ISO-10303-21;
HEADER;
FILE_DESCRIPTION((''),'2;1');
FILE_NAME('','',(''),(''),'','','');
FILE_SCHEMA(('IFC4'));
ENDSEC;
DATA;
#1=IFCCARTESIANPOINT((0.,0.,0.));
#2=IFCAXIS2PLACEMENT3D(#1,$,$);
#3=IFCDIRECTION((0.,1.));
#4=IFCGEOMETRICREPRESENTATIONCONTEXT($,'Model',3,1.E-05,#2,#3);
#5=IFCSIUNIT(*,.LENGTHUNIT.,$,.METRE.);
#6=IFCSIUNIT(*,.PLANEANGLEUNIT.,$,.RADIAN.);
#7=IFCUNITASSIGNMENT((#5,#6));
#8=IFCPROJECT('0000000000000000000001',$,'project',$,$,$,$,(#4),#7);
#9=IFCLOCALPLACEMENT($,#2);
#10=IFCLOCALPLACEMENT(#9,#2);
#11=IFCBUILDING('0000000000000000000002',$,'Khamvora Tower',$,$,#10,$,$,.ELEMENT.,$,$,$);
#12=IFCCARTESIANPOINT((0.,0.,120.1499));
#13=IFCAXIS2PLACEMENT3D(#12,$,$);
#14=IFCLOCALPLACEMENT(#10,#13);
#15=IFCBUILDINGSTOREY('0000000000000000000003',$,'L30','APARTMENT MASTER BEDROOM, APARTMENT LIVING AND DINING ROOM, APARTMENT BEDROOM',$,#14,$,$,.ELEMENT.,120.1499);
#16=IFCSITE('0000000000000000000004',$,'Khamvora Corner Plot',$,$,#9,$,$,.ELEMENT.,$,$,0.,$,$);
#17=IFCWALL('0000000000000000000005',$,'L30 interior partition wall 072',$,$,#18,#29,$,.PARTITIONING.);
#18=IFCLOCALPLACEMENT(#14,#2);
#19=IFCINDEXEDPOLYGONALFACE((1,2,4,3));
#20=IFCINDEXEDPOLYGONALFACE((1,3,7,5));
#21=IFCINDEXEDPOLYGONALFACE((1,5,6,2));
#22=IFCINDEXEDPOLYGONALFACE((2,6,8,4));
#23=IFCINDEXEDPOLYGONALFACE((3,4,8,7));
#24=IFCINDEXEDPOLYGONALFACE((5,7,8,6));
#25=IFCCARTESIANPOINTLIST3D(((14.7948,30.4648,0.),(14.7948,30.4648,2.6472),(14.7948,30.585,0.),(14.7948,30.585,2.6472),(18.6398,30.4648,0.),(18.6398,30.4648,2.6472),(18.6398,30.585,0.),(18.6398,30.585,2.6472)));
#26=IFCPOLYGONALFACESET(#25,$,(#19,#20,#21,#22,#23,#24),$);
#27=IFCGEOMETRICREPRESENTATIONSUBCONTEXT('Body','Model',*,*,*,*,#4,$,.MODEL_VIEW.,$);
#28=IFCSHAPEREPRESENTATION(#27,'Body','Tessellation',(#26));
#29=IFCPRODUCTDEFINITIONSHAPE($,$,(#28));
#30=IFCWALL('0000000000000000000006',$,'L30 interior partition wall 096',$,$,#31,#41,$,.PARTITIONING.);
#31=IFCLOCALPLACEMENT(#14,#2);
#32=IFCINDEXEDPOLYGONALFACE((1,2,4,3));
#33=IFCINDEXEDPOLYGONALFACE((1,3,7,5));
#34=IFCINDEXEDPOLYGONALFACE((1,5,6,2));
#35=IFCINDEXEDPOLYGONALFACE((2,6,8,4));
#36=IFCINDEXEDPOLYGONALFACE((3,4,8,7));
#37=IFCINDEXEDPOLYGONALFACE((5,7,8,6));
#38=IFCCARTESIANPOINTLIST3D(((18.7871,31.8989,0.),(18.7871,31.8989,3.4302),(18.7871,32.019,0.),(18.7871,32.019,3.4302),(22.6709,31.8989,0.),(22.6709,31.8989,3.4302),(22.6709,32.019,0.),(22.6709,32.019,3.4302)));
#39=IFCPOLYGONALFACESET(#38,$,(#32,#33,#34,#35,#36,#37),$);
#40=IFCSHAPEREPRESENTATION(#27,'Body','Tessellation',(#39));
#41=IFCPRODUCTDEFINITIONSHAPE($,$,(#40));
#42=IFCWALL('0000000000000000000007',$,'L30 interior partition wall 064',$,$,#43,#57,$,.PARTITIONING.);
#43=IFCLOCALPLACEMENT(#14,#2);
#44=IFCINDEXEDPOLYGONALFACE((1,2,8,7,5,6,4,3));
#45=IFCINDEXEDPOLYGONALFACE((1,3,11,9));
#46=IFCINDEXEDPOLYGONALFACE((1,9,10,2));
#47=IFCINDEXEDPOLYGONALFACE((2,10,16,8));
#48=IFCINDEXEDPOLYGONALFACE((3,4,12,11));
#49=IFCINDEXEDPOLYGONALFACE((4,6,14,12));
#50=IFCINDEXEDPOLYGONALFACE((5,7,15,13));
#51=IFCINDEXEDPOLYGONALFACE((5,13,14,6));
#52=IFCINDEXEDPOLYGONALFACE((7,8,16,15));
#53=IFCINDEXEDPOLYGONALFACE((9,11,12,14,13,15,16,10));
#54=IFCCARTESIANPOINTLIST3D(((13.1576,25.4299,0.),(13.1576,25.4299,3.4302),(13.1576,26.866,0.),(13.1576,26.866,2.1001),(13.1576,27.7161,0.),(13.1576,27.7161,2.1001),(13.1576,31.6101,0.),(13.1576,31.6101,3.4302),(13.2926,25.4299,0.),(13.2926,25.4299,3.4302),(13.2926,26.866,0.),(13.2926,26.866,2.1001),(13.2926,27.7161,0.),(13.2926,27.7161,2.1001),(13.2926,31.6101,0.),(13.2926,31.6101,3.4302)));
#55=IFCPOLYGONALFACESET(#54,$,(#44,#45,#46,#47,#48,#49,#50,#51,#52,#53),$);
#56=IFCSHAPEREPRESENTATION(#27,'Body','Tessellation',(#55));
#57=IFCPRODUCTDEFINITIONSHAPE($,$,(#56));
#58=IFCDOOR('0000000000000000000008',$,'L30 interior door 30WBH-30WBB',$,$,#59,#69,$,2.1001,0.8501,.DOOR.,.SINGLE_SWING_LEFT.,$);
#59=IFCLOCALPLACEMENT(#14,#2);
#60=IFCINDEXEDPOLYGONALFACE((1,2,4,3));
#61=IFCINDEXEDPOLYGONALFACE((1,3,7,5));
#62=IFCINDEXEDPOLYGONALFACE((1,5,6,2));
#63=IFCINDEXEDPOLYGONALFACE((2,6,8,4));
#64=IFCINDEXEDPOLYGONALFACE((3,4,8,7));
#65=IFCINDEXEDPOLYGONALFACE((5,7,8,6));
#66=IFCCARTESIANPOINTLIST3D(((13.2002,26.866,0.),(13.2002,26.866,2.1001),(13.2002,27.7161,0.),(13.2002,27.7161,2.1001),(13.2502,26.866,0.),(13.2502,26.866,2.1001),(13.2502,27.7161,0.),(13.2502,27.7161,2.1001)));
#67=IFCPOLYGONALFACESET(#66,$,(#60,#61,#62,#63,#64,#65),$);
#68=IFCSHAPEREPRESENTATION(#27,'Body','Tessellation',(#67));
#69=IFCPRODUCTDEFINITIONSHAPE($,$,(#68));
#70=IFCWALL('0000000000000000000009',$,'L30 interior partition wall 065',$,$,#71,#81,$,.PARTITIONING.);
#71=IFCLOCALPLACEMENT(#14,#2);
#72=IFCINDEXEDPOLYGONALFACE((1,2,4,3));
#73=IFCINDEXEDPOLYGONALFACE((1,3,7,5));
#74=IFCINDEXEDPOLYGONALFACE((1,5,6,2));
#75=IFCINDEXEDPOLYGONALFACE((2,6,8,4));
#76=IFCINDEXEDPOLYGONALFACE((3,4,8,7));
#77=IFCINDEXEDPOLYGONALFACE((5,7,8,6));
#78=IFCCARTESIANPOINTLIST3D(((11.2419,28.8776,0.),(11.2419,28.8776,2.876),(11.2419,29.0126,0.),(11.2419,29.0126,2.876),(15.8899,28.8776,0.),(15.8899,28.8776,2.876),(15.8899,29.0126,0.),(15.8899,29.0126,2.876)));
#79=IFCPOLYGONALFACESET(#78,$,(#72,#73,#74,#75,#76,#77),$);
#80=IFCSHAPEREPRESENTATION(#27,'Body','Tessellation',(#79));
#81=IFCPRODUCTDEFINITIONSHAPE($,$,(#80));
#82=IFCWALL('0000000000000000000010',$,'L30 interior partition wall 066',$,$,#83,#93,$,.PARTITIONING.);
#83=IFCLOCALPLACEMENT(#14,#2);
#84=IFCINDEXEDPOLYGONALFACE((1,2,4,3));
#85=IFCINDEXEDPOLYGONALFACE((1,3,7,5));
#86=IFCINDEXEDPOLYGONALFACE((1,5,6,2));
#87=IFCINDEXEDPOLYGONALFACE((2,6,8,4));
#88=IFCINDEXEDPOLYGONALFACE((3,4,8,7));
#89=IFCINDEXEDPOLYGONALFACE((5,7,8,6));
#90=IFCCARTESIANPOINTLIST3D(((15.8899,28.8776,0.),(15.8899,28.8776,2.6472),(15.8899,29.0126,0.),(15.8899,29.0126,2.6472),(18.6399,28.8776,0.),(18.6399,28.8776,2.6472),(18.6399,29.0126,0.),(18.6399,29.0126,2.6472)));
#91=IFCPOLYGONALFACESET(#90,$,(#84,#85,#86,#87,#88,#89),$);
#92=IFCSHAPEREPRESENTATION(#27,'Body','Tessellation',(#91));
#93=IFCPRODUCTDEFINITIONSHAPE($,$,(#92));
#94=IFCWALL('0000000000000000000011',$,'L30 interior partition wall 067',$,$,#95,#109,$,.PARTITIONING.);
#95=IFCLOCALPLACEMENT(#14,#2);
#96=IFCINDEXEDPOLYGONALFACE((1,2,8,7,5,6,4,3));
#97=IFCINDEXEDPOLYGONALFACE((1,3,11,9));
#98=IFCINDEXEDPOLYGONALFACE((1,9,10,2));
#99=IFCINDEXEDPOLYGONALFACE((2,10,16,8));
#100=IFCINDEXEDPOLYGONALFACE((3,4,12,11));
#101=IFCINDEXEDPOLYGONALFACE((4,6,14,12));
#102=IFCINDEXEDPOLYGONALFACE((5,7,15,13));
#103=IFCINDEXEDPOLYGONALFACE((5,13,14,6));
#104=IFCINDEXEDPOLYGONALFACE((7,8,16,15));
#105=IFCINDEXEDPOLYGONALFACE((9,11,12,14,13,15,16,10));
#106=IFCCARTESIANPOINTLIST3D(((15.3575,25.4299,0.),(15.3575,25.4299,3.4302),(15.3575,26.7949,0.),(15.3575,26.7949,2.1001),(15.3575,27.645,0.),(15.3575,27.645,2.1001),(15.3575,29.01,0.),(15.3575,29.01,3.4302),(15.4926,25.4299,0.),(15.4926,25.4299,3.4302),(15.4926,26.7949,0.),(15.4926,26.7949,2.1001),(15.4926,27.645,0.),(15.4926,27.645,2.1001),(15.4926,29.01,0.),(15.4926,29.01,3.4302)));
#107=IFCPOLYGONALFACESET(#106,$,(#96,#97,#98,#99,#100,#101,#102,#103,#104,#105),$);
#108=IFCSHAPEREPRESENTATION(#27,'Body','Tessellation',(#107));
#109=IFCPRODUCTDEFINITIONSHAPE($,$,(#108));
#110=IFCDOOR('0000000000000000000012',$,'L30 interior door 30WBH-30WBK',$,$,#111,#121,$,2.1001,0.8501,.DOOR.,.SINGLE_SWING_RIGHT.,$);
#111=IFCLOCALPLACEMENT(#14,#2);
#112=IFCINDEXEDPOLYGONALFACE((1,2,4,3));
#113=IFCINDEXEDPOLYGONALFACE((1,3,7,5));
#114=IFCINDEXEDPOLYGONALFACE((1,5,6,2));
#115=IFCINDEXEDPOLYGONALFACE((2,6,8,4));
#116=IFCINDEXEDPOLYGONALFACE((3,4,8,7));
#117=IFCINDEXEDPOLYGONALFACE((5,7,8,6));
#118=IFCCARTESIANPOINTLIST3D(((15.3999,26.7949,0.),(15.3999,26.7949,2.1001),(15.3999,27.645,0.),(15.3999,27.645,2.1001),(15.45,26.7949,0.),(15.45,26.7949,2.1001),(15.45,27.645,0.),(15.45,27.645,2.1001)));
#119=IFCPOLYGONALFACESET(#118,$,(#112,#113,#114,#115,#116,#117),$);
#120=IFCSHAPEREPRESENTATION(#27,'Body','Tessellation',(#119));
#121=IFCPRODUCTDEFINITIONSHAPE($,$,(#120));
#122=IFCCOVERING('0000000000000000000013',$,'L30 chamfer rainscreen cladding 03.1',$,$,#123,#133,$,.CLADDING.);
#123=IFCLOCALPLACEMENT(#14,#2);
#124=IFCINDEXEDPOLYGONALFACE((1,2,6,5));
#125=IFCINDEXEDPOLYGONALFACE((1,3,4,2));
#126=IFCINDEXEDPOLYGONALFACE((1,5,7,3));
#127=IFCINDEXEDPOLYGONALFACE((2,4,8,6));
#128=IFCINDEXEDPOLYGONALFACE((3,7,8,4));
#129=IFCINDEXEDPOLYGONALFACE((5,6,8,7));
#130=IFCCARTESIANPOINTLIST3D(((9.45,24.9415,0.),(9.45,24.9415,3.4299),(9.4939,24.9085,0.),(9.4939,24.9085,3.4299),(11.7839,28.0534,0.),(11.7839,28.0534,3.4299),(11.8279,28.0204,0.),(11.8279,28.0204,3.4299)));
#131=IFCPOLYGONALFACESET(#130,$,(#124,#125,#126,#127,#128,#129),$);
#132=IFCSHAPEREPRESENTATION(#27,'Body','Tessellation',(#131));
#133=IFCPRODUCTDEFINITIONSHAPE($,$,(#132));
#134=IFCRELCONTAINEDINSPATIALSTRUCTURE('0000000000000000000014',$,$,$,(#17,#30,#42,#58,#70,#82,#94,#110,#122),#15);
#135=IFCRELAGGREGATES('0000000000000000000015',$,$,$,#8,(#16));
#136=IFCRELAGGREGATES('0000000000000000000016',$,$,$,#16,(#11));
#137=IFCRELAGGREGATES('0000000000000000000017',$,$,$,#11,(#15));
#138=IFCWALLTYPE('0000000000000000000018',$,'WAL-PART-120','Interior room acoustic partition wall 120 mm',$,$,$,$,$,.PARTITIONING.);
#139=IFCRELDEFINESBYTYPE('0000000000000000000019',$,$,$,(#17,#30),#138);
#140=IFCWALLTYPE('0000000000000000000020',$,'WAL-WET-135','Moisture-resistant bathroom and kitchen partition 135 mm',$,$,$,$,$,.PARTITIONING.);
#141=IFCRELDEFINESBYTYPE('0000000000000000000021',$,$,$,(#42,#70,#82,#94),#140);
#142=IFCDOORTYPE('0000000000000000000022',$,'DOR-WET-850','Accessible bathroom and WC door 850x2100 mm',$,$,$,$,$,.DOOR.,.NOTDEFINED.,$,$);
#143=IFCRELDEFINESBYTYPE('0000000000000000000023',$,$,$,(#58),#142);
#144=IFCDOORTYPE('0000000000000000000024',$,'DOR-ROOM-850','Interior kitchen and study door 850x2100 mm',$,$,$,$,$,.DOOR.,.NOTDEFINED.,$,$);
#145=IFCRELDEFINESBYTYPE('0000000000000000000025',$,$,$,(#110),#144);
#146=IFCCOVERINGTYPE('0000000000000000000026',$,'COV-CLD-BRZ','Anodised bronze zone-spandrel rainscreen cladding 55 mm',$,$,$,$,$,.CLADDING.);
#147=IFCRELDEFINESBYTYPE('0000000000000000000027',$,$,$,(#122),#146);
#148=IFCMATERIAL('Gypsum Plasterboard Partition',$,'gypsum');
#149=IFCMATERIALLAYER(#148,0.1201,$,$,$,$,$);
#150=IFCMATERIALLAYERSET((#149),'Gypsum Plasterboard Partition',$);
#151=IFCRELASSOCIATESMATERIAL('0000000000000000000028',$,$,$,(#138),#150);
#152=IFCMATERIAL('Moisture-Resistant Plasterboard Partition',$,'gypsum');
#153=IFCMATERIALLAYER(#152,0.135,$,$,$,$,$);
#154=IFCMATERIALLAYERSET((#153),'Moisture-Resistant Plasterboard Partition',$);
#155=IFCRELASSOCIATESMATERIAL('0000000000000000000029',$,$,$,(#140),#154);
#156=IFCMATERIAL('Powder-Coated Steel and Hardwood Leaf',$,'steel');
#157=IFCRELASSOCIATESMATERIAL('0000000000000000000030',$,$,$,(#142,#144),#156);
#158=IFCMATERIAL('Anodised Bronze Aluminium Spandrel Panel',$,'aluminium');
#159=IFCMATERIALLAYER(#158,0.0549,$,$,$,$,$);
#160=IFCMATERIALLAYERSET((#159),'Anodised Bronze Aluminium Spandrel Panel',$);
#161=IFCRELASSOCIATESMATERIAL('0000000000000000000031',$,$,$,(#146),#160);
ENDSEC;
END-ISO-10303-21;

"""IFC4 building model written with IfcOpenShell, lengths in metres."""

from ifc_helpers import new_model, si_unit, direction, frame, frame_2d, origin, origin_2d, place, context, subcontext, project, spatial, rectangle, extrude, material, layer, layer_set, type_object, element, fill, save


model = new_model("IFC4")

# Units and contexts
model_context = context("Model", 3, precision=1e-05, world=origin(), true_north=direction((0.0, 1.0)))
body_context = subcontext(model_context, "Body", "Model", "MODEL_VIEW")
ifc_project = project(units=[si_unit("LENGTHUNIT", "METRE"), si_unit("PLANEANGLEUNIT", "RADIAN")], contexts=[model_context])

# Site, building, storey
site_placement = place(None, origin())
site = spatial("IfcSite", under=ifc_project, at=site_placement, Name="Khamvora Corner Plot", CompositionType="ELEMENT", RefElevation=0.0)
building_placement = place(site_placement, origin())
building = spatial("IfcBuilding", under=site, at=building_placement, Name="Khamvora Tower", CompositionType="ELEMENT")
storey_placement = place(building_placement, frame((0.0, 0.0, 120.1499)))
storey = spatial("IfcBuildingStorey", under=building, at=storey_placement, Name="L30", Description="APARTMENT MASTER BEDROOM, APARTMENT LIVING AND DINING ROOM, APARTMENT BEDROOM", CompositionType="ELEMENT", Elevation=120.1499)

# Shared definitions
ifc_material_1 = material(Name="Powder-Coated Steel and Hardwood Leaf", Category="steel")

# Shared definitions
ifc_material_2 = material(Name="Gypsum Plasterboard Partition", Category="gypsum")
ifc_layer_1 = layer(ifc_material_2, 0.1201)
ifc_layer_set_1 = layer_set([ifc_layer_1], Name="Gypsum Plasterboard Partition")
wall_type_1 = type_object("IfcWallType", Name="WAL-PART-120", Description="Interior room acoustic partition wall 120 mm", PredefinedType="PARTITIONING", material=ifc_layer_set_1)

# Walls
wall_1_placement = place(storey_placement, frame((14.7949, 30.5249, 0.0), z_axis=(0.0, 0.0, 1.0), x_axis=(1.0, 0.0, 0.0)))
element("IfcWall", 1, at=wall_1_placement, inside=storey, type_object=wall_type_1, Name="L30 interior partition wall 072", PredefinedType="PARTITIONING", context=body_context, shape_type="SweptSolid", body=[
    extrude(rectangle(XDim=3.845, YDim=0.1201, at=frame_2d((1.9224, 0.0))), origin(), (0.0, 0.0, 1.0), 2.6472),
])
wall_2_placement = place(storey_placement, frame((18.7871, 31.959, 0.0), z_axis=(0.0, 0.0, 1.0), x_axis=(1.0, 0.0, 0.0)))
element("IfcWall", 2, at=wall_2_placement, inside=storey, type_object=wall_type_1, Name="L30 interior partition wall 096", PredefinedType="PARTITIONING", context=body_context, shape_type="SweptSolid", body=[
    extrude(rectangle(XDim=3.8838, YDim=0.1201, at=frame_2d((1.9419, 0.0))), origin(), (0.0, 0.0, 1.0), 3.4302),
])

# Wall, opening, door
ifc_material_3 = material(Name="Moisture-Resistant Plasterboard Partition", Category="gypsum")
ifc_layer_2 = layer(ifc_material_3, 0.135)
ifc_layer_set_2 = layer_set([ifc_layer_2], Name="Moisture-Resistant Plasterboard Partition")
wall_type_2 = type_object("IfcWallType", Name="WAL-WET-135", Description="Moisture-resistant bathroom and kitchen partition 135 mm", PredefinedType="PARTITIONING", material=ifc_layer_set_2)
wall_3_placement = place(storey_placement, frame((13.2251, 25.4299, 0.0), z_axis=(0.0, 0.0, 1.0), x_axis=(0.0, 1.0, 0.0)))
wall_3 = element("IfcWall", 3, at=wall_3_placement, inside=storey, type_object=wall_type_2, Name="L30 interior partition wall 064", PredefinedType="PARTITIONING", context=body_context, shape_type="SweptSolid", body=[
    extrude(rectangle(XDim=6.1802, YDim=0.135, at=frame_2d((3.0901, 0.0))), origin(), (0.0, 0.0, 1.0), 3.4302),
])
opening_1_placement = place(wall_3_placement, frame((1.436, 0.0, 0.0)))
opening_1 = element("IfcOpeningElement", 4, at=opening_1_placement, cuts=wall_3, PredefinedType="OPENING", context=body_context, shape_type="SweptSolid", body=[
    extrude(rectangle(XDim=0.8501, YDim=2.1001, at=frame_2d((0.425, 1.05))), frame((0.0, 0.0774, 0.0), z_axis=(0.0, -1.0, 0.0), x_axis=(1.0, 0.0, 0.0)), (0.0, 0.0, 1.0), 0.155),
])
door_type_1 = type_object("IfcDoorType", Name="DOR-WET-850", Description="Accessible bathroom and WC door 850x2100 mm", OperationType="NOTDEFINED", PredefinedType="DOOR", material=ifc_material_1)
door_1_placement = place(opening_1_placement, origin())
door_1 = element("IfcDoor", 5, at=door_1_placement, inside=storey, type_object=door_type_1, Name="L30 interior door 30WBH-30WBB", OperationType="SINGLE_SWING_LEFT", OverallHeight=2.1001, OverallWidth=0.8501, PredefinedType="DOOR", context=body_context, shape_type="SweptSolid", body=[
    extrude(rectangle(XDim=0.8501, YDim=2.1001, at=frame_2d((0.425, 1.05))), frame((0.0, 0.0249, 0.0), z_axis=(0.0, -1.0, 0.0), x_axis=(1.0, 0.0, 0.0)), (0.0, 0.0, 1.0), 0.05),
])
fill(opening_1, door_1)

# Walls
wall_4_placement = place(storey_placement, frame((15.8899, 28.9451, 0.0), z_axis=(0.0, 0.0, 1.0), x_axis=(-1.0, 0.0, 0.0)))
element("IfcWall", 6, at=wall_4_placement, inside=storey, type_object=wall_type_2, Name="L30 interior partition wall 065", PredefinedType="PARTITIONING", context=body_context, shape_type="SweptSolid", body=[
    extrude(rectangle(XDim=4.6479, YDim=0.135, at=frame_2d((2.324, 0.0))), origin(), (0.0, 0.0, 1.0), 2.876),
])
wall_5_placement = place(storey_placement, frame((18.6399, 28.9451, 0.0), z_axis=(0.0, 0.0, 1.0), x_axis=(-1.0, 0.0, 0.0)))
element("IfcWall", 7, at=wall_5_placement, inside=storey, type_object=wall_type_2, Name="L30 interior partition wall 066", PredefinedType="PARTITIONING", context=body_context, shape_type="SweptSolid", body=[
    extrude(rectangle(XDim=2.75, YDim=0.135, at=frame_2d((1.375, 0.0))), origin(), (0.0, 0.0, 1.0), 2.6472),
])

# Wall, opening, door
wall_6_placement = place(storey_placement, frame((15.425, 29.01, 0.0), z_axis=(0.0, 0.0, 1.0), x_axis=(0.0, -1.0, 0.0)))
wall_6 = element("IfcWall", 8, at=wall_6_placement, inside=storey, type_object=wall_type_2, Name="L30 interior partition wall 067", PredefinedType="PARTITIONING", context=body_context, shape_type="SweptSolid", body=[
    extrude(rectangle(XDim=3.5801, YDim=0.135, at=frame_2d((1.79, 0.0))), origin(), (0.0, 0.0, 1.0), 3.4302),
])
opening_2_placement = place(wall_6_placement, frame((1.365, 0.0, 0.0)))
opening_2 = element("IfcOpeningElement", 9, at=opening_2_placement, cuts=wall_6, PredefinedType="OPENING", context=body_context, shape_type="SweptSolid", body=[
    extrude(rectangle(XDim=0.8501, YDim=2.1001, at=frame_2d((0.425, 1.05))), frame((0.0, 0.0774, 0.0), z_axis=(0.0, -1.0, 0.0), x_axis=(1.0, 0.0, 0.0)), (0.0, 0.0, 1.0), 0.155),
])
door_type_2 = type_object("IfcDoorType", Name="DOR-ROOM-850", Description="Interior kitchen and study door 850x2100 mm", OperationType="NOTDEFINED", PredefinedType="DOOR", material=ifc_material_1)
door_2_placement = place(opening_2_placement, origin())
door_2 = element("IfcDoor", 10, at=door_2_placement, inside=storey, type_object=door_type_2, Name="L30 interior door 30WBH-30WBK", OperationType="SINGLE_SWING_RIGHT", OverallHeight=2.1001, OverallWidth=0.8501, PredefinedType="DOOR", context=body_context, shape_type="SweptSolid", body=[
    extrude(rectangle(XDim=0.8501, YDim=2.1001, at=frame_2d((0.425, 1.05))), frame((0.0, 0.0249, 0.0), z_axis=(0.0, -1.0, 0.0), x_axis=(1.0, 0.0, 0.0)), (0.0, 0.0, 1.0), 0.05),
])
fill(opening_2, door_2)

# Covering
ifc_material_4 = material(Name="Anodised Bronze Aluminium Spandrel Panel", Category="aluminium")
ifc_layer_3 = layer(ifc_material_4, 0.0549)
ifc_layer_set_3 = layer_set([ifc_layer_3], Name="Anodised Bronze Aluminium Spandrel Panel")
covering_type = type_object("IfcCoveringType", Name="COV-CLD-BRZ", Description="Anodised bronze zone-spandrel rainscreen cladding 55 mm", PredefinedType="CLADDING", material=ifc_layer_set_3)
covering_placement = place(storey_placement, frame((10.6389, 26.481, 0.0), z_axis=(0.0, 0.0, 1.0), x_axis=(0.6, 0.8, 0.0)))
element("IfcCovering", 11, at=covering_placement, inside=storey, type_object=covering_type, Name="L30 chamfer rainscreen cladding 03.1", PredefinedType="CLADDING", context=body_context, shape_type="SweptSolid", body=[
    extrude(rectangle(XDim=3.8899, YDim=0.0549, at=origin_2d()), origin(), (0.0, 0.0, 1.0), 3.4299),
])

save(model, "model.ifc")
